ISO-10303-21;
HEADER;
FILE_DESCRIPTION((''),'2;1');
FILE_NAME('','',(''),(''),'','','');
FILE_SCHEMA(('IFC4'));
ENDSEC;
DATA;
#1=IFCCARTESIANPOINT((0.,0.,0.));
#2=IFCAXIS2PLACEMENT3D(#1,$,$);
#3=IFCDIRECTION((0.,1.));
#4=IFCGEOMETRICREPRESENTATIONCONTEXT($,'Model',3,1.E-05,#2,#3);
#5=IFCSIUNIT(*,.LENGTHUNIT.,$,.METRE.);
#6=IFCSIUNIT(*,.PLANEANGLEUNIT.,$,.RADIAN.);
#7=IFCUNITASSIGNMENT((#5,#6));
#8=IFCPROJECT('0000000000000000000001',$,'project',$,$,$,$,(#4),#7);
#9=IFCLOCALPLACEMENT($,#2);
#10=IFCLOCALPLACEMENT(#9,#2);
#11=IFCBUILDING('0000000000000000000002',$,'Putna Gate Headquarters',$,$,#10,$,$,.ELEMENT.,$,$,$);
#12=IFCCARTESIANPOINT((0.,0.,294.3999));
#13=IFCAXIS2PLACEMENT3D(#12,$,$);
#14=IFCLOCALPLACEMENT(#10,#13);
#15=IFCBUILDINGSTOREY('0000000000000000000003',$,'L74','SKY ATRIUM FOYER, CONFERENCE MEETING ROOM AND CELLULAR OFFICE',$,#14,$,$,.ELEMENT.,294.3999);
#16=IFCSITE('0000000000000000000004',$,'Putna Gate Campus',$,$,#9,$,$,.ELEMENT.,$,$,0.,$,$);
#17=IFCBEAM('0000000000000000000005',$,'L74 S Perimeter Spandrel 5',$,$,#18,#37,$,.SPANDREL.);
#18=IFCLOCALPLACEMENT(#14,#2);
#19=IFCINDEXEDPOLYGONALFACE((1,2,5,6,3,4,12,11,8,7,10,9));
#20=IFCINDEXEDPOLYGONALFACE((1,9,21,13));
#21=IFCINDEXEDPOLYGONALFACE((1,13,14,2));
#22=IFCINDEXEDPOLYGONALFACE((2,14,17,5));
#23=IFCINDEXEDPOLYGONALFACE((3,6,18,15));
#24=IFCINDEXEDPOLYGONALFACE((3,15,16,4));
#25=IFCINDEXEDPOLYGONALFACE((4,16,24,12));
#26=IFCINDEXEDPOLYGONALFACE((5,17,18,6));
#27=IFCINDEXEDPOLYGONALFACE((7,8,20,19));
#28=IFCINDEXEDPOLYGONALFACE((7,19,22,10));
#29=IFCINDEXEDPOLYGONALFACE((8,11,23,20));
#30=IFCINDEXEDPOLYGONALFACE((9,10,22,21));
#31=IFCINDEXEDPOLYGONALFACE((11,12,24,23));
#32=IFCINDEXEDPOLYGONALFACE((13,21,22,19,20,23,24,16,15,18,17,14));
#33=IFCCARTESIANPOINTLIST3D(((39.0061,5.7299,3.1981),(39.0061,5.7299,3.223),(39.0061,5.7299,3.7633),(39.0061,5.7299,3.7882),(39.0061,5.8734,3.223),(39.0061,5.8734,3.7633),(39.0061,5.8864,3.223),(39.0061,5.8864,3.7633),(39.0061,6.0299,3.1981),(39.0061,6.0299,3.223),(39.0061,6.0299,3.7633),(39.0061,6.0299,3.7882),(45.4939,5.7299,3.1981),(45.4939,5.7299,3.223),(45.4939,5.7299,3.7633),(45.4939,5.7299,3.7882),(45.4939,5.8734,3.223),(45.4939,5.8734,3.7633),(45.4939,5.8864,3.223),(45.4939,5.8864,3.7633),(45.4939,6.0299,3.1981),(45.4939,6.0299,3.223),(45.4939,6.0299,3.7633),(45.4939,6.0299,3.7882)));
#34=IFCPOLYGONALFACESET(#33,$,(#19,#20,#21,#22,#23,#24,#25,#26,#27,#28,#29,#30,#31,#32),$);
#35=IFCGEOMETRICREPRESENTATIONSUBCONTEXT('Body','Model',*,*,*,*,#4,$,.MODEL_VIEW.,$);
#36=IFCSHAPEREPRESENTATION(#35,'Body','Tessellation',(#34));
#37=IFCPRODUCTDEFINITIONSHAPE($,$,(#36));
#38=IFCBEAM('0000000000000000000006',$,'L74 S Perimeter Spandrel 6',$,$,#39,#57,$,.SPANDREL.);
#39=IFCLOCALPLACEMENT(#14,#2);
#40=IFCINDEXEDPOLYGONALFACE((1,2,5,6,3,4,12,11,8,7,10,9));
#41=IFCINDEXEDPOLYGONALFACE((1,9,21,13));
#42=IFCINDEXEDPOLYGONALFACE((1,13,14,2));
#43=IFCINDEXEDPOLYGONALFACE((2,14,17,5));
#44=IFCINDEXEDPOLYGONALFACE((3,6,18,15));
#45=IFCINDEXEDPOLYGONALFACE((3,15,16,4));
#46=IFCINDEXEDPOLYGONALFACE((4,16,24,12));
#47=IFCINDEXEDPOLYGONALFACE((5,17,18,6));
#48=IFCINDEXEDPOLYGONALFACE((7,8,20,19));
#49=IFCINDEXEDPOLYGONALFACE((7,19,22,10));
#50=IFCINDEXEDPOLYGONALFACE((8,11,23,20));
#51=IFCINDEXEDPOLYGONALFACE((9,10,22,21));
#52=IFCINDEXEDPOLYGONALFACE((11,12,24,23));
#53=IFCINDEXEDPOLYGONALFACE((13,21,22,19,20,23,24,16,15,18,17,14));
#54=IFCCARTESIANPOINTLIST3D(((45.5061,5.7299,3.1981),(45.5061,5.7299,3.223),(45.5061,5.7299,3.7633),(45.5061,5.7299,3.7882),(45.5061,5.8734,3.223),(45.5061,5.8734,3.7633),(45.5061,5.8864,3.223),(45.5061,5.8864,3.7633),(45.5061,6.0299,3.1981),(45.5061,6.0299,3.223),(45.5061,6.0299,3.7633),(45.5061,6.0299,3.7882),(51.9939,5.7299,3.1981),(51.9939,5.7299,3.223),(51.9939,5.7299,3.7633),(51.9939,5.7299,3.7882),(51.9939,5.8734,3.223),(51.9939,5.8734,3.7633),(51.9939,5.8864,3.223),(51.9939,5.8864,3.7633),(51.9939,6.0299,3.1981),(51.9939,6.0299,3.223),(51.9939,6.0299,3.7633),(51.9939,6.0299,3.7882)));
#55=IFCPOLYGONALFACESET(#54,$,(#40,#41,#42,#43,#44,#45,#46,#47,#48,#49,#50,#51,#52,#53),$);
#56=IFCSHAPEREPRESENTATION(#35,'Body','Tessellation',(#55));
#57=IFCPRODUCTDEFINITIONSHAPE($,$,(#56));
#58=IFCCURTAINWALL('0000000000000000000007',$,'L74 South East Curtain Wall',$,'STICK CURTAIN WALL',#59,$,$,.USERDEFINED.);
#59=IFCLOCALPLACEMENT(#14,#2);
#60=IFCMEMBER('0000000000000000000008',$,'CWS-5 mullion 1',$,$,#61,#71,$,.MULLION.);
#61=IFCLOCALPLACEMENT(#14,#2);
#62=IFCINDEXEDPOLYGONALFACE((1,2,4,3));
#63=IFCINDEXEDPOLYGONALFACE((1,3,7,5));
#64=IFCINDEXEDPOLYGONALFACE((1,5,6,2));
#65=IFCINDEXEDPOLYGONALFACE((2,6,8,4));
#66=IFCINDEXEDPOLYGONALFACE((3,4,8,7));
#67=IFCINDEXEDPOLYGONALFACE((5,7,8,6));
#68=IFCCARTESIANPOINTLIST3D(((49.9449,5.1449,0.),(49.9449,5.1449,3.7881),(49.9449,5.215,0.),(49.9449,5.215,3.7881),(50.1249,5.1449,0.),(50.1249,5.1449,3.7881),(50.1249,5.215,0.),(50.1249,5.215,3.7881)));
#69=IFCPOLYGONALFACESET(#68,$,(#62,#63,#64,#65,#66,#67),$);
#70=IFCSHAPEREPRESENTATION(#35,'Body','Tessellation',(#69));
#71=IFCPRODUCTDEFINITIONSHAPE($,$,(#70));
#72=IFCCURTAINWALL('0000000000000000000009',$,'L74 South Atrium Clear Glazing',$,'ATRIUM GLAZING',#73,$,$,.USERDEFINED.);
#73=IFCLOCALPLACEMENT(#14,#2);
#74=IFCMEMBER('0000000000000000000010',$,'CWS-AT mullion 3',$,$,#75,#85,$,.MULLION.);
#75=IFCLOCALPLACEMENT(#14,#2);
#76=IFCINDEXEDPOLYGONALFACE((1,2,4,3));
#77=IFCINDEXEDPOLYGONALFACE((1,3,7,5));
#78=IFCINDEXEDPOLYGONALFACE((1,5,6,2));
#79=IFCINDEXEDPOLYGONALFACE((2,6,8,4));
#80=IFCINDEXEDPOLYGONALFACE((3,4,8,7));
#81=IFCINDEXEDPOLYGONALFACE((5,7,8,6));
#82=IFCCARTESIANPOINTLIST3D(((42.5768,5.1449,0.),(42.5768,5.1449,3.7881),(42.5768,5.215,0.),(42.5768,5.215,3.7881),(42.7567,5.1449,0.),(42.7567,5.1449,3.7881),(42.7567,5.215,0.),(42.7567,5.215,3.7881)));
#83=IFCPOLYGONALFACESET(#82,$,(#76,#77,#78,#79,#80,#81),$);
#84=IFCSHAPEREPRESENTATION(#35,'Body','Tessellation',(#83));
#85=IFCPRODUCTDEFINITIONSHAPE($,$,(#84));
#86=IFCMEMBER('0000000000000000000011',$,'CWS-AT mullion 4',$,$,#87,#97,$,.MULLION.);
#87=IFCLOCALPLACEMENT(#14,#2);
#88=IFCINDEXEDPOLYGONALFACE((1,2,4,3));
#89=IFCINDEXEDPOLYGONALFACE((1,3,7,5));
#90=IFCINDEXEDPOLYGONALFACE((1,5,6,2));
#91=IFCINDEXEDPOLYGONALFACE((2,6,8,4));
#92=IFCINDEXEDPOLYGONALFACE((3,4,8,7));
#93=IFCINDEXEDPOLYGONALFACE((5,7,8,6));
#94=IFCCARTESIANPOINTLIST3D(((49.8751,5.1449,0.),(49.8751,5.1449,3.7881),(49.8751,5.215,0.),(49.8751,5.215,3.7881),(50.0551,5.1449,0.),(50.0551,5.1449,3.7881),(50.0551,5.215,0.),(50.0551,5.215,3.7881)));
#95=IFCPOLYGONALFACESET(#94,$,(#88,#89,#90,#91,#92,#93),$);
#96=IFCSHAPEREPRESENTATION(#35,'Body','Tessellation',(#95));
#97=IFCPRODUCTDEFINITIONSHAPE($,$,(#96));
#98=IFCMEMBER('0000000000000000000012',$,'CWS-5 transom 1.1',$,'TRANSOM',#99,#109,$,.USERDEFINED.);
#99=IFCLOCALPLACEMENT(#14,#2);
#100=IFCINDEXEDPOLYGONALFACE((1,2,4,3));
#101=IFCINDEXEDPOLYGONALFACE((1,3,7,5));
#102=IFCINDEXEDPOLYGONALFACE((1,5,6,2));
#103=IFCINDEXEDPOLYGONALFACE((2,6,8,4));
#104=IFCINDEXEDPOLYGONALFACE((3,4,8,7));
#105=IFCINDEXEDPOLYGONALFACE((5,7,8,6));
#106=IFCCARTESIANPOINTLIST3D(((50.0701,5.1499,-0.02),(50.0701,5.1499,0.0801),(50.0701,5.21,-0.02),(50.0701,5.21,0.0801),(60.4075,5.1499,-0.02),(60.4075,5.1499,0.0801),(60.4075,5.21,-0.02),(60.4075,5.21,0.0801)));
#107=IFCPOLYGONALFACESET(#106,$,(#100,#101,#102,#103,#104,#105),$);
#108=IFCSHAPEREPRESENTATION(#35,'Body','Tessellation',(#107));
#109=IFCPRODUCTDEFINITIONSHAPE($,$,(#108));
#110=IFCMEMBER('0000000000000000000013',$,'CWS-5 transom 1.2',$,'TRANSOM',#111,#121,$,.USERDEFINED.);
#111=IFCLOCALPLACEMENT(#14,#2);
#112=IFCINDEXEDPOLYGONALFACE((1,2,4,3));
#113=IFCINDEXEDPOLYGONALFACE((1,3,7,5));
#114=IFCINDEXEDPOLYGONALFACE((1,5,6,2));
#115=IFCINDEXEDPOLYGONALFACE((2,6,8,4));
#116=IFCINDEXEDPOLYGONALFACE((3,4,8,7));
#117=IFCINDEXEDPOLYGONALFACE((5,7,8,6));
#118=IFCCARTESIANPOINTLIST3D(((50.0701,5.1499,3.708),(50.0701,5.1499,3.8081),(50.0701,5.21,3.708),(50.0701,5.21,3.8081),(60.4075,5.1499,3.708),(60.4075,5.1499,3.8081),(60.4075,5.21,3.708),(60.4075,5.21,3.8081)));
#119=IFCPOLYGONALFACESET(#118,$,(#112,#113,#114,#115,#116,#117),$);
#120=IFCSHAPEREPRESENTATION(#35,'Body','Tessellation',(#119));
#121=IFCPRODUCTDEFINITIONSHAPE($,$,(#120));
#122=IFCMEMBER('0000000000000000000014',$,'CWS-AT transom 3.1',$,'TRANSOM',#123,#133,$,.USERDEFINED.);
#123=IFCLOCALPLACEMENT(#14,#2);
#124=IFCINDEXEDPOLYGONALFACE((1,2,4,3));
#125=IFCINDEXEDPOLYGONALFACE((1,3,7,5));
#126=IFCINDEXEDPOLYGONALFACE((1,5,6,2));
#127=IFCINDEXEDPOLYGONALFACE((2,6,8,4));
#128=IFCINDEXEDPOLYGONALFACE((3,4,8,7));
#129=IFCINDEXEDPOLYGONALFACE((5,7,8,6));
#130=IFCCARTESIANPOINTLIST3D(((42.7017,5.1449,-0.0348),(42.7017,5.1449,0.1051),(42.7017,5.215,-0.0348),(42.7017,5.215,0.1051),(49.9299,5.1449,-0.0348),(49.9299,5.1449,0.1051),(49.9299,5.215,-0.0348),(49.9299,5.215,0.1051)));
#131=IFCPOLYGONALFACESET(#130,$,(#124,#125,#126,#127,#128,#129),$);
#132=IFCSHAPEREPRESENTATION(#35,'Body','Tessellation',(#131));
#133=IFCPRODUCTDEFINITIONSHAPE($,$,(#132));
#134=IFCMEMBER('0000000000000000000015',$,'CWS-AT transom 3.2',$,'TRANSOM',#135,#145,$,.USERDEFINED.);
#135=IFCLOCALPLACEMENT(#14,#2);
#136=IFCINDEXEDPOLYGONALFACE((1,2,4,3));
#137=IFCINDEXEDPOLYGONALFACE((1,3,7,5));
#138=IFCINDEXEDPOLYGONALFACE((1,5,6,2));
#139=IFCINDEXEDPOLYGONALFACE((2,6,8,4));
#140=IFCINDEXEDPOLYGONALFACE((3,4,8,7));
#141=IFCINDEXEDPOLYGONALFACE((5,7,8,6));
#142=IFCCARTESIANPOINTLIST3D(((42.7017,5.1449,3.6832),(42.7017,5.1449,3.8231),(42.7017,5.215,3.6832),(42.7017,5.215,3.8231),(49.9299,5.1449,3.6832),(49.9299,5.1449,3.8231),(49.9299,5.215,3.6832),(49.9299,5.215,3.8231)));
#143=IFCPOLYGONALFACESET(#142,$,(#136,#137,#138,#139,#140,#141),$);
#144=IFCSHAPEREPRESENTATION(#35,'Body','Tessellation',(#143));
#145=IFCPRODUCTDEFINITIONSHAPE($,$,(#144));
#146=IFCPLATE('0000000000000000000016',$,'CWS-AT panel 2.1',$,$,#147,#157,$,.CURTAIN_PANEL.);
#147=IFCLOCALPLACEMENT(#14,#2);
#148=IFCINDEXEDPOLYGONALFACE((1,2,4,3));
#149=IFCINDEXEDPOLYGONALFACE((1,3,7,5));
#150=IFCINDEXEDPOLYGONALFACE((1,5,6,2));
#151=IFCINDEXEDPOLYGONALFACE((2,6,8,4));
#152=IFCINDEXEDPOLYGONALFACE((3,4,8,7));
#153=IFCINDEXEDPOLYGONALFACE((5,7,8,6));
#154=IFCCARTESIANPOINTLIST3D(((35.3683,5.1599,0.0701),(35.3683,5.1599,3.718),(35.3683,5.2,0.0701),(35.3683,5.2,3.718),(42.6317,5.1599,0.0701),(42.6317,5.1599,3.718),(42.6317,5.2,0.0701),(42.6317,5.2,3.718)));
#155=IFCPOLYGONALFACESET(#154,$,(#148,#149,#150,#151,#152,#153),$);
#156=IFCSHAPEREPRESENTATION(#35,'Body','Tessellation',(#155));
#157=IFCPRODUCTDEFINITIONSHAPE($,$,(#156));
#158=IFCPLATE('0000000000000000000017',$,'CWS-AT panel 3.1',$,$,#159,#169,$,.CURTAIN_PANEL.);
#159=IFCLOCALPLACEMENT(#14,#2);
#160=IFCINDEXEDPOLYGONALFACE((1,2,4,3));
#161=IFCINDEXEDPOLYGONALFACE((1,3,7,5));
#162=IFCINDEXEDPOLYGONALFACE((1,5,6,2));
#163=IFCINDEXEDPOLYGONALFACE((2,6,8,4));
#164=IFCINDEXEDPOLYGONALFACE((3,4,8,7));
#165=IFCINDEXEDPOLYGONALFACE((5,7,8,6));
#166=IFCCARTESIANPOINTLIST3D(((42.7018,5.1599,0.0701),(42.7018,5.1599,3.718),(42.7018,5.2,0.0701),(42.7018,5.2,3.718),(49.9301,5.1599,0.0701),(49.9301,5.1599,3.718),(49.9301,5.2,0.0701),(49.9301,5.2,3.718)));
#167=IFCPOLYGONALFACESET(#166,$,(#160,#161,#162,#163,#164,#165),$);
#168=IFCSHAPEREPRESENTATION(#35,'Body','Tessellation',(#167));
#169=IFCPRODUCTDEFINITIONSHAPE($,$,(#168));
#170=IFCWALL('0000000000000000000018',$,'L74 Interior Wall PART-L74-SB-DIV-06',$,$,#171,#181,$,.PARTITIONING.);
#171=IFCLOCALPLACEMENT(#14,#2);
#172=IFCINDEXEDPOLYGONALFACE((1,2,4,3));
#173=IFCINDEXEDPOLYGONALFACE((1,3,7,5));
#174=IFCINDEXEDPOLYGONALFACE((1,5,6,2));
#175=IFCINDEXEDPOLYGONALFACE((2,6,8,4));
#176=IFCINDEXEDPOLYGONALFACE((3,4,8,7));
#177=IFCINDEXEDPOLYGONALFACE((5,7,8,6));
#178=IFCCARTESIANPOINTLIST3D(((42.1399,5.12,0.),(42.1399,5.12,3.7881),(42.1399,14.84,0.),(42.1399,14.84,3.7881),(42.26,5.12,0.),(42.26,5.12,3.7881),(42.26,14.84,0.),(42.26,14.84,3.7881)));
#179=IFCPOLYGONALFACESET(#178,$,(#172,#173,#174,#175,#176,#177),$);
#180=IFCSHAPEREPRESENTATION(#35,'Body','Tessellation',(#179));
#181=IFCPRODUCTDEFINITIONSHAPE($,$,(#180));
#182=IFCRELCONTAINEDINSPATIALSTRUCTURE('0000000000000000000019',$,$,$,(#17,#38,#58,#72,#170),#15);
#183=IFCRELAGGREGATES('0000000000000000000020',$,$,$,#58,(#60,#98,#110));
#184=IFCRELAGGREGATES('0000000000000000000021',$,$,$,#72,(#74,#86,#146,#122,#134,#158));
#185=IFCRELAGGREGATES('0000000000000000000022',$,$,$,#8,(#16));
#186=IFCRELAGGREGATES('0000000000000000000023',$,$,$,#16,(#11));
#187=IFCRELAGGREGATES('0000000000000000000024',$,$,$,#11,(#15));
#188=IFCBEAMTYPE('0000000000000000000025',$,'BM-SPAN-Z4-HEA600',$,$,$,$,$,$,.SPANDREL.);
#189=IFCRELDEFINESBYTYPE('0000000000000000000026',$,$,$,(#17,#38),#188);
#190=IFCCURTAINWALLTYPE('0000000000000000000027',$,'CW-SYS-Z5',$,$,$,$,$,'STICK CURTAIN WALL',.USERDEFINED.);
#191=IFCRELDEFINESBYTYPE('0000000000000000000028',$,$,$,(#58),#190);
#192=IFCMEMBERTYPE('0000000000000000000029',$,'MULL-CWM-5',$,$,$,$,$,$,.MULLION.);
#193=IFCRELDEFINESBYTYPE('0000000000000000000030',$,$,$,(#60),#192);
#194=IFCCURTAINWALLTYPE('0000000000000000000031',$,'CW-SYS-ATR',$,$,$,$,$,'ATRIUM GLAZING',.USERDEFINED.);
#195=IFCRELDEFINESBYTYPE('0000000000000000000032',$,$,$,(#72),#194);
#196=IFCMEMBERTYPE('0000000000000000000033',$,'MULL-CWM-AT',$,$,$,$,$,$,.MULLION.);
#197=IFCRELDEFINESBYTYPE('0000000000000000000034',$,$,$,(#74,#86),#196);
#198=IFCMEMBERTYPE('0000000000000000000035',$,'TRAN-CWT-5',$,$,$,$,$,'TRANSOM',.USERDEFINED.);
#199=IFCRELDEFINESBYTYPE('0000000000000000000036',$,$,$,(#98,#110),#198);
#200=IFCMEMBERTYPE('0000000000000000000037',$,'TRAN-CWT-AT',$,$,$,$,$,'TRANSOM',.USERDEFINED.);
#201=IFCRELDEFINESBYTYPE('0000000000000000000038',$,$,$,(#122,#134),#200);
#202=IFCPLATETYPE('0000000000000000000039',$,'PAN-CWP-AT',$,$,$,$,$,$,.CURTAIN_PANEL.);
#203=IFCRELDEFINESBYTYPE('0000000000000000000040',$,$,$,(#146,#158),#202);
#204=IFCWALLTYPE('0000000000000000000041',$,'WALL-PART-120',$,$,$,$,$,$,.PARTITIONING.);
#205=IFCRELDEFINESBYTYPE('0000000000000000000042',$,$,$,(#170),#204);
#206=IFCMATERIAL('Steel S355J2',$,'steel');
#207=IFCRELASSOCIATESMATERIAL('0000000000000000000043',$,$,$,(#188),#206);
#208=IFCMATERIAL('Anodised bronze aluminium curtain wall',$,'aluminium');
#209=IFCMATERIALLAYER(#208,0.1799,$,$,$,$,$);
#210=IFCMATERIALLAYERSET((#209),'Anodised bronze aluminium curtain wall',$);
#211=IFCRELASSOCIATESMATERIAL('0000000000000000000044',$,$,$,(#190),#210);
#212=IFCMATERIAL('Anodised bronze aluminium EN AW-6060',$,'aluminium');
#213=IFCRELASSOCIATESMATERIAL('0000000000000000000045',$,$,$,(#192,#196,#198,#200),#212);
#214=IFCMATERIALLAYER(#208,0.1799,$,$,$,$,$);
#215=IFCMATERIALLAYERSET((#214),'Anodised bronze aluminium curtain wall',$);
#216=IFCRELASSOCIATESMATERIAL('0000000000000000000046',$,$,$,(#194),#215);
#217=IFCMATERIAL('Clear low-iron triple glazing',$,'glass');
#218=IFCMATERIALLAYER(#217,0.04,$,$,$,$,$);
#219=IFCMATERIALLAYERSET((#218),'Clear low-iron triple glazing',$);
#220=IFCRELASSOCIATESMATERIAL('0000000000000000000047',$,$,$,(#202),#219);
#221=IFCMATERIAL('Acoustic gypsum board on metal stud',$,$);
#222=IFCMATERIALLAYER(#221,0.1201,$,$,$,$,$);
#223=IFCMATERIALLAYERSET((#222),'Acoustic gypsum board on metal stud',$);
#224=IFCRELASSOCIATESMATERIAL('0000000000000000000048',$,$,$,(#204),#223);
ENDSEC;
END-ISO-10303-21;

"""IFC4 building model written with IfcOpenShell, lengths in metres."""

from ifc_helpers import new_model, si_unit, direction, frame, frame_2d, origin, origin_2d, place, context, subcontext, project, spatial, rectangle, i_section, extrude, material, layer, layer_set, material_profile, profile_set, type_object, element, aggregate, save


model = new_model("IFC4")

# Units and contexts
model_context = context("Model", 3, precision=1e-05, world=origin(), true_north=direction((0.0, 1.0)))
body_context = subcontext(model_context, "Body", "Model", "MODEL_VIEW")
ifc_project = project(units=[si_unit("LENGTHUNIT", "METRE"), si_unit("PLANEANGLEUNIT", "RADIAN")], contexts=[model_context])

# Site, building, storey
site_placement = place(None, origin())
site = spatial("IfcSite", under=ifc_project, at=site_placement, Name="Putna Gate Campus", CompositionType="ELEMENT", RefElevation=0.0)
building_placement = place(site_placement, origin())
building = spatial("IfcBuilding", under=site, at=building_placement, Name="Putna Gate Headquarters", CompositionType="ELEMENT")
storey_placement = place(building_placement, frame((0.0, 0.0, 294.3999)))
storey = spatial("IfcBuildingStorey", under=building, at=storey_placement, Name="L74", Description="SKY ATRIUM FOYER, CONFERENCE MEETING ROOM AND CELLULAR OFFICE", CompositionType="ELEMENT", Elevation=294.3999)

# Beams
ifc_material_1 = material(Name="Steel S355J2", Category="steel")
ifc_material_profile_1 = material_profile(ifc_material_1, i_section(OverallWidth=0.3, OverallDepth=0.5901, WebThickness=0.0129, FlangeThickness=0.0249, at=origin_2d()), Name="Steel S355J2")
ifc_profile_set_1 = profile_set([ifc_material_profile_1], Name="Steel S355J2")
beam_type_1 = type_object("IfcBeamType", Name="BM-SPAN-Z4-HEA600", PredefinedType="SPANDREL", material=ifc_profile_set_1)
for number, where, z_axis, x_axis, name in (
    (1, (39.0061, 5.8799, 3.4932), (1.0, 0.0, 0.0), (0.0, 1.0, 0.0), "L74 S Perimeter Spandrel 5"),
    (2, (45.5061, 5.8799, 3.4932), (1.0, 0.0, 0.0), (0.0, 1.0, 0.0), "L74 S Perimeter Spandrel 6"),
):
    element("IfcBeam", number, at=place(storey_placement, frame(where, z_axis=z_axis, x_axis=x_axis)), inside=storey, type_object=beam_type_1, Name=name, PredefinedType="SPANDREL", context=body_context, shape_type="SweptSolid", body=[
        extrude(i_section(OverallWidth=0.3, OverallDepth=0.5901, WebThickness=0.0129, FlangeThickness=0.0249, at=origin_2d()), origin(), (0.0, 0.0, 1.0), 6.4878),
    ])

# Curtain wall, member
ifc_material_2 = material(Name="Anodised bronze aluminium curtain wall", Category="aluminium")
ifc_layer_1 = layer(ifc_material_2, 0.1799)
ifc_layer_set_1 = layer_set([ifc_layer_1], Name="Anodised bronze aluminium curtain wall")
curtain_wall_type_1 = type_object("IfcCurtainWallType", Name="CW-SYS-Z5", ElementType="STICK CURTAIN WALL", PredefinedType="USERDEFINED", material=ifc_layer_set_1)
curtain_wall_1_placement = place(storey_placement, origin())
curtain_wall_1 = element("IfcCurtainWall", 3, at=curtain_wall_1_placement, inside=storey, type_object=curtain_wall_type_1, Name="L74 South East Curtain Wall", ObjectType="STICK CURTAIN WALL", PredefinedType="USERDEFINED")
ifc_material_3 = material(Name="Anodised bronze aluminium EN AW-6060", Category="aluminium")
ifc_material_profile_2 = material_profile(ifc_material_3, rectangle(XDim=0.0701, YDim=0.1799, at=origin_2d()), Name="Anodised bronze aluminium EN AW-6060")
ifc_profile_set_2 = profile_set([ifc_material_profile_2], Name="Anodised bronze aluminium EN AW-6060")
member_type_1 = type_object("IfcMemberType", Name="MULL-CWM-5", PredefinedType="MULLION", material=ifc_profile_set_2)
member_1_placement = place(storey_placement, frame((50.0349, 5.1799, 0.0), z_axis=(0.0, 0.0, 1.0), x_axis=(0.0, 1.0, 0.0)))
member_1 = element("IfcMember", 4, at=member_1_placement, type_object=member_type_1, Name="CWS-5 mullion 1", PredefinedType="MULLION", context=body_context, shape_type="SweptSolid", body=[
    extrude(rectangle(XDim=0.0701, YDim=0.1799, at=origin_2d()), origin(), (0.0, 0.0, 1.0), 3.7881),
])

# Curtain wall, members
ifc_layer_2 = layer(ifc_material_2, 0.1799)
ifc_layer_set_2 = layer_set([ifc_layer_2], Name="Anodised bronze aluminium curtain wall")
curtain_wall_type_2 = type_object("IfcCurtainWallType", Name="CW-SYS-ATR", ElementType="ATRIUM GLAZING", PredefinedType="USERDEFINED", material=ifc_layer_set_2)
curtain_wall_2_placement = place(storey_placement, origin())
curtain_wall_2 = element("IfcCurtainWall", 5, at=curtain_wall_2_placement, inside=storey, type_object=curtain_wall_type_2, Name="L74 South Atrium Clear Glazing", ObjectType="ATRIUM GLAZING", PredefinedType="USERDEFINED")
ifc_material_profile_3 = material_profile(ifc_material_3, rectangle(XDim=0.0701, YDim=0.1799, at=origin_2d()), Name="Anodised bronze aluminium EN AW-6060")
ifc_profile_set_3 = profile_set([ifc_material_profile_3], Name="Anodised bronze aluminium EN AW-6060")
member_type_2 = type_object("IfcMemberType", Name="MULL-CWM-AT", PredefinedType="MULLION", material=ifc_profile_set_3)
member_2_placement = place(storey_placement, frame((42.6667, 5.1799, 0.0), z_axis=(0.0, 0.0, 1.0), x_axis=(0.0, 1.0, 0.0)))
member_2 = element("IfcMember", 6, at=member_2_placement, type_object=member_type_2, Name="CWS-AT mullion 3", PredefinedType="MULLION", context=body_context, shape_type="SweptSolid", body=[
    extrude(rectangle(XDim=0.0701, YDim=0.1799, at=origin_2d()), origin(), (0.0, 0.0, 1.0), 3.7881),
])
member_3_placement = place(storey_placement, frame((49.9651, 5.1799, 0.0), z_axis=(0.0, 0.0, 1.0), x_axis=(0.0, 1.0, 0.0)))
member_3 = element("IfcMember", 7, at=member_3_placement, type_object=member_type_2, Name="CWS-AT mullion 4", PredefinedType="MULLION", context=body_context, shape_type="SweptSolid", body=[
    extrude(rectangle(XDim=0.0701, YDim=0.1799, at=origin_2d()), origin(), (0.0, 0.0, 1.0), 3.7881),
])

# Members
ifc_material_profile_4 = material_profile(ifc_material_3, rectangle(XDim=0.0601, YDim=0.1001, at=origin_2d()), Name="Anodised bronze aluminium EN AW-6060")
ifc_profile_set_4 = profile_set([ifc_material_profile_4], Name="Anodised bronze aluminium EN AW-6060")
member_type_3 = type_object("IfcMemberType", Name="TRAN-CWT-5", ElementType="TRANSOM", PredefinedType="USERDEFINED", material=ifc_profile_set_4)
member_4_placement = place(storey_placement, frame((50.0701, 5.1799, 0.03), z_axis=(1.0, 0.0, 0.0), x_axis=(0.0, 1.0, 0.0)))
member_4 = element("IfcMember", 8, at=member_4_placement, type_object=member_type_3, Name="CWS-5 transom 1.1", ObjectType="TRANSOM", PredefinedType="USERDEFINED", context=body_context, shape_type="SweptSolid", body=[
    extrude(rectangle(XDim=0.0601, YDim=0.1001, at=origin_2d()), origin(), (0.0, 0.0, 1.0), 10.3374),
])
member_5_placement = place(storey_placement, frame((50.0701, 5.1799, 3.7581), z_axis=(1.0, 0.0, 0.0), x_axis=(0.0, 1.0, 0.0)))
member_5 = element("IfcMember", 9, at=member_5_placement, type_object=member_type_3, Name="CWS-5 transom 1.2", ObjectType="TRANSOM", PredefinedType="USERDEFINED", context=body_context, shape_type="SweptSolid", body=[
    extrude(rectangle(XDim=0.0601, YDim=0.1001, at=origin_2d()), origin(), (0.0, 0.0, 1.0), 10.3374),
])
aggregate(curtain_wall_1, [member_1, member_4, member_5])
ifc_material_profile_5 = material_profile(ifc_material_3, rectangle(XDim=0.0701, YDim=0.1399, at=origin_2d()), Name="Anodised bronze aluminium EN AW-6060")
ifc_profile_set_5 = profile_set([ifc_material_profile_5], Name="Anodised bronze aluminium EN AW-6060")
member_type_4 = type_object("IfcMemberType", Name="TRAN-CWT-AT", ElementType="TRANSOM", PredefinedType="USERDEFINED", material=ifc_profile_set_5)
member_6_placement = place(storey_placement, frame((42.7017, 5.1799, 0.0352), z_axis=(1.0, 0.0, 0.0), x_axis=(0.0, 1.0, 0.0)))
member_6 = element("IfcMember", 10, at=member_6_placement, type_object=member_type_4, Name="CWS-AT transom 3.1", ObjectType="TRANSOM", PredefinedType="USERDEFINED", context=body_context, shape_type="SweptSolid", body=[
    extrude(rectangle(XDim=0.0701, YDim=0.1399, at=origin_2d()), origin(), (0.0, 0.0, 1.0), 7.2283),
])
member_7_placement = place(storey_placement, frame((42.7017, 5.1799, 3.7532), z_axis=(1.0, 0.0, 0.0), x_axis=(0.0, 1.0, 0.0)))
member_7 = element("IfcMember", 11, at=member_7_placement, type_object=member_type_4, Name="CWS-AT transom 3.2", ObjectType="TRANSOM", PredefinedType="USERDEFINED", context=body_context, shape_type="SweptSolid", body=[
    extrude(rectangle(XDim=0.0701, YDim=0.1399, at=origin_2d()), origin(), (0.0, 0.0, 1.0), 7.2283),
])

# Plates
ifc_material_4 = material(Name="Clear low-iron triple glazing", Category="glass")
ifc_layer_3 = layer(ifc_material_4, 0.04)
ifc_layer_set_3 = layer_set([ifc_layer_3], Name="Clear low-iron triple glazing")
plate_type = type_object("IfcPlateType", Name="PAN-CWP-AT", PredefinedType="CURTAIN_PANEL", material=ifc_layer_set_3)
plate_1_placement = place(storey_placement, frame((39.0, 5.1799, 0.0701), z_axis=(0.0, 0.0, 1.0), x_axis=(1.0, 0.0, 0.0)))
plate_1 = element("IfcPlate", 12, at=plate_1_placement, type_object=plate_type, Name="CWS-AT panel 2.1", PredefinedType="CURTAIN_PANEL", context=body_context, shape_type="SweptSolid", body=[
    extrude(rectangle(XDim=7.2634, YDim=0.04, at=origin_2d()), origin(), (0.0, 0.0, 1.0), 3.6479),
])
plate_2_placement = place(storey_placement, frame((46.3159, 5.1799, 0.0701), z_axis=(0.0, 0.0, 1.0), x_axis=(1.0, 0.0, 0.0)))
plate_2 = element("IfcPlate", 13, at=plate_2_placement, type_object=plate_type, Name="CWS-AT panel 3.1", PredefinedType="CURTAIN_PANEL", context=body_context, shape_type="SweptSolid", body=[
    extrude(rectangle(XDim=7.2283, YDim=0.04, at=origin_2d()), origin(), (0.0, 0.0, 1.0), 3.6479),
])
aggregate(curtain_wall_2, [member_2, member_3, plate_1, member_6, member_7, plate_2])

# Wall
ifc_material_5 = material(Name="Acoustic gypsum board on metal stud")
ifc_layer_4 = layer(ifc_material_5, 0.1201)
ifc_layer_set_4 = layer_set([ifc_layer_4], Name="Acoustic gypsum board on metal stud")
wall_type_1 = type_object("IfcWallType", Name="WALL-PART-120", PredefinedType="PARTITIONING", material=ifc_layer_set_4)
wall_1_placement = place(storey_placement, frame((42.2, 5.1201, 0.0), z_axis=(0.0, 0.0, 1.0), x_axis=(0.0, 1.0, 0.0)))
element("IfcWall", 14, at=wall_1_placement, inside=storey, type_object=wall_type_1, Name="L74 Interior Wall PART-L74-SB-DIV-06", PredefinedType="PARTITIONING", context=body_context, shape_type="SweptSolid", body=[
    extrude(rectangle(XDim=9.72, YDim=0.1201, at=frame_2d((4.8599, 0.0))), origin(), (0.0, 0.0, 1.0), 3.7881),
])

save(model, "model.ifc")
